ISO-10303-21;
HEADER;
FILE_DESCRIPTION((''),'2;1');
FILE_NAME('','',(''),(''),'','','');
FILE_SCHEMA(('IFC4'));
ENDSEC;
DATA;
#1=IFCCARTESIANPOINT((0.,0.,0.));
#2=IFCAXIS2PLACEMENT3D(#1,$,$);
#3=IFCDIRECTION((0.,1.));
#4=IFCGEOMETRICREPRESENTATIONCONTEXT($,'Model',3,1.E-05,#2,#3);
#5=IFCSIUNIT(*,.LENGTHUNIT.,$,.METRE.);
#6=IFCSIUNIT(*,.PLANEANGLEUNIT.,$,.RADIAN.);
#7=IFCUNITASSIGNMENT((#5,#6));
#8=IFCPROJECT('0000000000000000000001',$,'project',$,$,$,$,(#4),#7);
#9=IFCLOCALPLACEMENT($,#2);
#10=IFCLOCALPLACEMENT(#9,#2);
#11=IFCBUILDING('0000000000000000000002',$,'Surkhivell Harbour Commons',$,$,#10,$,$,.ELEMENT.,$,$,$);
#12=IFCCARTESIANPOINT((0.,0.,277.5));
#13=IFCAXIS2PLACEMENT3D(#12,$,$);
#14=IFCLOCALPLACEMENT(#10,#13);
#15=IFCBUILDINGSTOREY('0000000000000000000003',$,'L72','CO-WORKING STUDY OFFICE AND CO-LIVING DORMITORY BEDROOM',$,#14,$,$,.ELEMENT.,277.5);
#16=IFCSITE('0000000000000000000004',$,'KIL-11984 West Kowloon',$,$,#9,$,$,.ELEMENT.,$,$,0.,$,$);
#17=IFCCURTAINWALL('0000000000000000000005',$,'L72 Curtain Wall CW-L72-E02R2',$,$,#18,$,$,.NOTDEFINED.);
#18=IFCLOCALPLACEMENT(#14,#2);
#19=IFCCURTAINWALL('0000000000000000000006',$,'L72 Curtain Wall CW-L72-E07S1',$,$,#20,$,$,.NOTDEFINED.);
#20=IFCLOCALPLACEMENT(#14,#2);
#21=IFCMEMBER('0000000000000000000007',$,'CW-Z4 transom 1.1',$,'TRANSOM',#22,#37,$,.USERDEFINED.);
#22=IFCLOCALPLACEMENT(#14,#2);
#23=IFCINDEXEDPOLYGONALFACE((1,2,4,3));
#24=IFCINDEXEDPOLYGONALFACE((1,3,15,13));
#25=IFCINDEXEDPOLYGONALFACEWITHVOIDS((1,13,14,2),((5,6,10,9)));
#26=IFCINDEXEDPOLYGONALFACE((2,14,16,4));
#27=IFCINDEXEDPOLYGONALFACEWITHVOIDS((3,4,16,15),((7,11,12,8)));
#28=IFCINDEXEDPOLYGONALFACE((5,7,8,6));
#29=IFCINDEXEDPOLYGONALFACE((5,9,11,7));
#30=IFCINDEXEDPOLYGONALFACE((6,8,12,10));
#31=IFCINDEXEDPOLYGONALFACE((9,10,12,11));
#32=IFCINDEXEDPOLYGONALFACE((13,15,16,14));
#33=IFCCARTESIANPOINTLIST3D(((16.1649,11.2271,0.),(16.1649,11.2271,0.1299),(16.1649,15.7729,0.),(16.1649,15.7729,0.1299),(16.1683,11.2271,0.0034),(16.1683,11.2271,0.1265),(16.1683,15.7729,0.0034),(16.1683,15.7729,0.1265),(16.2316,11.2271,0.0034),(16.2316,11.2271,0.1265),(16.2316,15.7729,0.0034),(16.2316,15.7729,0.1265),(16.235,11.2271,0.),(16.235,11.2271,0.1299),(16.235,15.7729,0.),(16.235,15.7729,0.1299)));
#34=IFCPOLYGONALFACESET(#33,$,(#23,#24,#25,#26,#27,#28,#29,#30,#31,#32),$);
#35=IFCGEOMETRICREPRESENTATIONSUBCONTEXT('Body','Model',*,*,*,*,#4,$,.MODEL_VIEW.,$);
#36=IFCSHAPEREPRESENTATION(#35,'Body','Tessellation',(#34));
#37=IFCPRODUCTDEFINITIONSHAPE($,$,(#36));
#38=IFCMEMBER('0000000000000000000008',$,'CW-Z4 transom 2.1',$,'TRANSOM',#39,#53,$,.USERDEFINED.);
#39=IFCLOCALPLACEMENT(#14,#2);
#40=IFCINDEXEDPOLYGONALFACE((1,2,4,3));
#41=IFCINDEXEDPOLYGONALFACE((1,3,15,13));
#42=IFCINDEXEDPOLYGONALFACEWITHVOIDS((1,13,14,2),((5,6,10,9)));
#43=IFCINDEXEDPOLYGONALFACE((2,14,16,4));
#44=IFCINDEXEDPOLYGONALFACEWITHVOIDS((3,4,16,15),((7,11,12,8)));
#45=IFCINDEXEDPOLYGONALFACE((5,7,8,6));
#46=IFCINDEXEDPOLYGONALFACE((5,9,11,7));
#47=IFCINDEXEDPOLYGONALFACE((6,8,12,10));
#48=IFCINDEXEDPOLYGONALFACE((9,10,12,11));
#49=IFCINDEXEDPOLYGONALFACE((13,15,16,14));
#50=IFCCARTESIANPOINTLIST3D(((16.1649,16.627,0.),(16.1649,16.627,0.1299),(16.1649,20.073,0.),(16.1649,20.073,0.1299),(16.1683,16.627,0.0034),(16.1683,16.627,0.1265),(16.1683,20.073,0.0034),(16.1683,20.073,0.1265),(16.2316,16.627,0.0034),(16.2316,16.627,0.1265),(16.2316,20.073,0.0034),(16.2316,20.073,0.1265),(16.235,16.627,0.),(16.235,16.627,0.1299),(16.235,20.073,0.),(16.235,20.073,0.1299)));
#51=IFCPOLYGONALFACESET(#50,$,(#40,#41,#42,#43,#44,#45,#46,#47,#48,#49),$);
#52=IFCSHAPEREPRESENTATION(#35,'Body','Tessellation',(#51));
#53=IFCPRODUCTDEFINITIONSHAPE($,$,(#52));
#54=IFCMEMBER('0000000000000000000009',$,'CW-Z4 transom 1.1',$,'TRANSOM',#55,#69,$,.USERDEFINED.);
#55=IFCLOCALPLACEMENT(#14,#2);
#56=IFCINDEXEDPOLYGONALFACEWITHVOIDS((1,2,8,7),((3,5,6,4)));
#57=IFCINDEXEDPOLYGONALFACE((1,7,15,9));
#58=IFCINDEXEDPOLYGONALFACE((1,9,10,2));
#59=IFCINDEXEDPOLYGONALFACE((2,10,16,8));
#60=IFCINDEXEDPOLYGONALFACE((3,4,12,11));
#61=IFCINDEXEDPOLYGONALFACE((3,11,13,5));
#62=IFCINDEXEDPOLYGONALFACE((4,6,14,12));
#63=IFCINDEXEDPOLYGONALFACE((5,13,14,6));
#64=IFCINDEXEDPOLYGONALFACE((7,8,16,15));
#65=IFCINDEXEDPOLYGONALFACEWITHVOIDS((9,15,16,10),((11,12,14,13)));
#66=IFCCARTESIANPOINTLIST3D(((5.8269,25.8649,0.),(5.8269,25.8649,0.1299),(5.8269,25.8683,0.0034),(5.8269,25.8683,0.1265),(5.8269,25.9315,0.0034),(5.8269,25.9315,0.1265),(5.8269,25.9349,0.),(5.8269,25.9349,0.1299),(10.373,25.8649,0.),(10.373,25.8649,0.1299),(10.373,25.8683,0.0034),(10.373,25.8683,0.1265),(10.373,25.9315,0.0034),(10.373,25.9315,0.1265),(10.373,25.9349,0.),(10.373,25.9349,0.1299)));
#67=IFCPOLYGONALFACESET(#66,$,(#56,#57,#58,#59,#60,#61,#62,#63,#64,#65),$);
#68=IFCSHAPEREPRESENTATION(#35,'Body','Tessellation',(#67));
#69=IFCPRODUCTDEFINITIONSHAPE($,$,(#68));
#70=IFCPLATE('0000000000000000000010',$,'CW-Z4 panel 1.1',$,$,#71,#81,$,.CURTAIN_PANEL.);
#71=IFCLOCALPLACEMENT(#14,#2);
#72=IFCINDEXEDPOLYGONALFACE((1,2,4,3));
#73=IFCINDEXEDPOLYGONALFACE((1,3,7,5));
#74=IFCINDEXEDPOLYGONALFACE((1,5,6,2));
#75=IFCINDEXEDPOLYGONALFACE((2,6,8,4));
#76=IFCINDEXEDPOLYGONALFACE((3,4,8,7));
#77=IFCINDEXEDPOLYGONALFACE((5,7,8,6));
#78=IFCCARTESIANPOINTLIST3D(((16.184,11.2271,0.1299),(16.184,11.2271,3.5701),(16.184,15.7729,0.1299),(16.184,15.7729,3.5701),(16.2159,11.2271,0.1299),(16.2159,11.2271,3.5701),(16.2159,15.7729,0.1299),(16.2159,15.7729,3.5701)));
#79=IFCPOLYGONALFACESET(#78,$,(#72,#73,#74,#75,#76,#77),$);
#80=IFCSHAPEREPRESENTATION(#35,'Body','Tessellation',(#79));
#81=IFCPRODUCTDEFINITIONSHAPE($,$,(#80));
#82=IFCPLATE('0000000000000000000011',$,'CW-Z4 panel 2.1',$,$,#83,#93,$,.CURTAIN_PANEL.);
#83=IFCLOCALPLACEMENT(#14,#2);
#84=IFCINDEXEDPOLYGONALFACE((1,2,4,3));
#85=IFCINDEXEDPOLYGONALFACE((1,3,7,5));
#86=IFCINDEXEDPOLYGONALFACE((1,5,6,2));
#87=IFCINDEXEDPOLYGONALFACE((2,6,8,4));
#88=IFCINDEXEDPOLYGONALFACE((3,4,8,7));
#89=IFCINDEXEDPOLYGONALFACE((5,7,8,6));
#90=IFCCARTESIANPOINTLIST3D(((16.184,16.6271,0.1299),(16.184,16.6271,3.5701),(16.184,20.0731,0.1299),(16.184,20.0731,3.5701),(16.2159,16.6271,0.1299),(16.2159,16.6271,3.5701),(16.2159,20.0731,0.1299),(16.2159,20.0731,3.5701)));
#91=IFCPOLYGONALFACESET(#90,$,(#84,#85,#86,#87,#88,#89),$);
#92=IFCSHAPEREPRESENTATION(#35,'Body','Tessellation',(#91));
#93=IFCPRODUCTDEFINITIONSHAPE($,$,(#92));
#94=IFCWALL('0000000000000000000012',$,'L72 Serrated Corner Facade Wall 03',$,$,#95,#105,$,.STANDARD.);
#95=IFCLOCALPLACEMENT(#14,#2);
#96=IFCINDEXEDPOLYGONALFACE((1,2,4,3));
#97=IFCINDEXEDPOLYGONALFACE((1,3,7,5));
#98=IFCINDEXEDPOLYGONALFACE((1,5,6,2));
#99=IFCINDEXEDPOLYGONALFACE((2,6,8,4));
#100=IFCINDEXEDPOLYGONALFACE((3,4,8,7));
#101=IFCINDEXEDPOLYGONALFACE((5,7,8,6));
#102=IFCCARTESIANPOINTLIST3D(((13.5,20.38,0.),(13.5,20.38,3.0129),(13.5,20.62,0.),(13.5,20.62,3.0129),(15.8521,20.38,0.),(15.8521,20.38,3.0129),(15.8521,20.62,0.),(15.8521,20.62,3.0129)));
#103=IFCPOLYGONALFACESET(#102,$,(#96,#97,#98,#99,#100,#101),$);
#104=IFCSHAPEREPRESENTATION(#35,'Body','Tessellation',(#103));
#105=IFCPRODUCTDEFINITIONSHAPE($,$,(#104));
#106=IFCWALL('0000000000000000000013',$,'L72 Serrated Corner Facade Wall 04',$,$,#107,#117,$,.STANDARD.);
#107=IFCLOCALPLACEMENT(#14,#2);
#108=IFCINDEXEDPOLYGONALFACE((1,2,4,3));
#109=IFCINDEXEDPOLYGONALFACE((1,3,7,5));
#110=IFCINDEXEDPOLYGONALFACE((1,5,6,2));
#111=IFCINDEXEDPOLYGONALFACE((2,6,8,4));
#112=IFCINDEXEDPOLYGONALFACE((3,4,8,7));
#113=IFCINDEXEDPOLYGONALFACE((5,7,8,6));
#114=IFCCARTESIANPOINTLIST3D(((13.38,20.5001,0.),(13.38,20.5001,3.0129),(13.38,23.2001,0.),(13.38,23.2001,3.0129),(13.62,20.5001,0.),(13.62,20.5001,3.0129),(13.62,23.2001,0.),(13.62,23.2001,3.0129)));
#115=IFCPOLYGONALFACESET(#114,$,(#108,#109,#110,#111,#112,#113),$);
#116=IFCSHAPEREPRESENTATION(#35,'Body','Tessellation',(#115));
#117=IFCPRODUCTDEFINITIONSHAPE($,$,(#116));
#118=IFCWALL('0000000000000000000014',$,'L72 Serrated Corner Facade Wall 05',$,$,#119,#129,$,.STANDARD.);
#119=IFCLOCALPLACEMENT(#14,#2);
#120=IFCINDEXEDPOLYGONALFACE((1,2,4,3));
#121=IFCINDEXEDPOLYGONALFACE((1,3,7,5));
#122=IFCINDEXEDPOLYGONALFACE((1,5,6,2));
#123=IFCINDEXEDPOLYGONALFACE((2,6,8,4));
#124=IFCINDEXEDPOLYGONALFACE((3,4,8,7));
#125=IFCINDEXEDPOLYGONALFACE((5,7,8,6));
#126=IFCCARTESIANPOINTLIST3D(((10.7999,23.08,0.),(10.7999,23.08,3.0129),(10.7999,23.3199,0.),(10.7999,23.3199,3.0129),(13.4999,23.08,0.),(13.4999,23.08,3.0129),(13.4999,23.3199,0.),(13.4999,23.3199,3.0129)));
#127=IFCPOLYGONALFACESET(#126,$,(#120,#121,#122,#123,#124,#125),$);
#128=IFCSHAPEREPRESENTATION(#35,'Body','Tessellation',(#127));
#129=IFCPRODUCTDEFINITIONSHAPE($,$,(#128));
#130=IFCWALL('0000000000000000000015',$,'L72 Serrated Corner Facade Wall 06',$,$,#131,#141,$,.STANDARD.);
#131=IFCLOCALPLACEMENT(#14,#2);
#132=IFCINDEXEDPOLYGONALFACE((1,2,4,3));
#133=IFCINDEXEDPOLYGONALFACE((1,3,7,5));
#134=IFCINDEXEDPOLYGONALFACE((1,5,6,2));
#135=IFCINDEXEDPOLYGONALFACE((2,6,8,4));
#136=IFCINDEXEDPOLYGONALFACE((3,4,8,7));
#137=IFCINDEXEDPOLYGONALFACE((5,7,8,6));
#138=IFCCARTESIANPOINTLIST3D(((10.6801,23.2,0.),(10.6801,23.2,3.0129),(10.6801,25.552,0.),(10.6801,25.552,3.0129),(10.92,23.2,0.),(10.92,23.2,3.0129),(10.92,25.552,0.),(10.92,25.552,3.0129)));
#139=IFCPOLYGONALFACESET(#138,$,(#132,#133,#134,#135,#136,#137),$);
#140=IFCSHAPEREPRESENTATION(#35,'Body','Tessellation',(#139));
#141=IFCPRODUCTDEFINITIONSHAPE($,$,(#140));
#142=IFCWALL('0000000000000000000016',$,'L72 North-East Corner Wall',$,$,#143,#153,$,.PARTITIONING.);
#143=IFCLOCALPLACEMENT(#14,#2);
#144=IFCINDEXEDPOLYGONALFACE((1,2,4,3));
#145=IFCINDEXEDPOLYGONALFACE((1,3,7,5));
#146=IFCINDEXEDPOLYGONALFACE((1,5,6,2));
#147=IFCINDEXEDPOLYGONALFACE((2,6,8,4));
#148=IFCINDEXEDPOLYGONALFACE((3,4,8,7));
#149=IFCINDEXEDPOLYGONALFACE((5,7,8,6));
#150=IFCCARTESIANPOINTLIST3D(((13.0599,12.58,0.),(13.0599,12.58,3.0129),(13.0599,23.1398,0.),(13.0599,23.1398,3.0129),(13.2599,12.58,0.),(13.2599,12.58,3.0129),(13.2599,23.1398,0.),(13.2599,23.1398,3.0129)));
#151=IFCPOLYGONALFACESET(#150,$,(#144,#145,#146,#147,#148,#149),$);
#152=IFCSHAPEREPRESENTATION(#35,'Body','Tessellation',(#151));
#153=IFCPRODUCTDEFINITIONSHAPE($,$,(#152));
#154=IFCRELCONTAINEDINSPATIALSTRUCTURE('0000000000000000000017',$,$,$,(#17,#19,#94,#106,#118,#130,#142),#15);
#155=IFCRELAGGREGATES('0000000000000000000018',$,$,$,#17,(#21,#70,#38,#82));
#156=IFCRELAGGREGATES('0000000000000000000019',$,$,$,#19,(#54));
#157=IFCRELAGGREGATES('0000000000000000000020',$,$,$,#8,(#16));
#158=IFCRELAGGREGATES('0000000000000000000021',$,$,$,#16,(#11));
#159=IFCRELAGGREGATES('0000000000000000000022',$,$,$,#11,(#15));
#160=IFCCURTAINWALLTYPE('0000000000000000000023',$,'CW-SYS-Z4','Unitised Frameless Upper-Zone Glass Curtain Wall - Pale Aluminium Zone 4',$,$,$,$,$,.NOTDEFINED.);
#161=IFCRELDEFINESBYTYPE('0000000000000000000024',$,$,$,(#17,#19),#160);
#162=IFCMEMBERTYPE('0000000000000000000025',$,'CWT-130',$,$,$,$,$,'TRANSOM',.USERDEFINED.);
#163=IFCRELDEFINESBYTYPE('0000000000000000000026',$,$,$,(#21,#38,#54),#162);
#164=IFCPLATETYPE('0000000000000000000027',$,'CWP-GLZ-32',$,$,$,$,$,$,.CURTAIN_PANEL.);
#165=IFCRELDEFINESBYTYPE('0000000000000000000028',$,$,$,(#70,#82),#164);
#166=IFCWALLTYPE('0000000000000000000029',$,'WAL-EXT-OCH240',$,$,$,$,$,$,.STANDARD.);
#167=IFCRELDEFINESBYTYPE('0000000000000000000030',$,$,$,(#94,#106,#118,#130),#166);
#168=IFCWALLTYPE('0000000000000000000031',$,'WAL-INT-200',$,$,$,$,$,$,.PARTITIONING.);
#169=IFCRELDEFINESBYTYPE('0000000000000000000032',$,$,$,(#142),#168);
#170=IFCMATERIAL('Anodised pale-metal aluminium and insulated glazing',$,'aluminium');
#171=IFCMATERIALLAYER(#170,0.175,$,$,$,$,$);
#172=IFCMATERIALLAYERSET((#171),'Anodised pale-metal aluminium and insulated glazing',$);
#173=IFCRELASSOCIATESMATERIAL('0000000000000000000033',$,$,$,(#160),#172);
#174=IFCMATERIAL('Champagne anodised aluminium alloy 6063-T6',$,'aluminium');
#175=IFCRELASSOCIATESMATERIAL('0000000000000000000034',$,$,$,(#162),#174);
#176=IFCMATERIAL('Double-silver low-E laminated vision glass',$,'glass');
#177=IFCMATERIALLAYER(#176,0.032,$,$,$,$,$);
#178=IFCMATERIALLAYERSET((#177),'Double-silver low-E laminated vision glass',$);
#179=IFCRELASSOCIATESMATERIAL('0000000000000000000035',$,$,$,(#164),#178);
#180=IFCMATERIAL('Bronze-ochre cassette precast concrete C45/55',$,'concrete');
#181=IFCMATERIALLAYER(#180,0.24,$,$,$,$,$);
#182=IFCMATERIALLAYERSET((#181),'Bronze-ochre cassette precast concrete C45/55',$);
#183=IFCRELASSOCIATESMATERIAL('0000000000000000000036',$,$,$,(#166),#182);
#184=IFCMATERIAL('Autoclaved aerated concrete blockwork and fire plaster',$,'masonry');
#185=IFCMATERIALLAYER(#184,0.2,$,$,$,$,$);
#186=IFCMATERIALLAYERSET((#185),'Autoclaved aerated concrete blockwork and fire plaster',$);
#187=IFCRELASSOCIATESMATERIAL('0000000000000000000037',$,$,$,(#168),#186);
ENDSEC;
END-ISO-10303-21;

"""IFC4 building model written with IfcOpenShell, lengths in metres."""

from ifc_helpers import new_model, si_unit, direction, frame, frame_2d, origin, origin_2d, place, context, subcontext, project, spatial, rectangle, hollow_rectangle, extrude, material, layer, layer_set, material_profile, profile_set, type_object, element, aggregate, save


model = new_model("IFC4")

# Units and contexts
model_context = context("Model", 3, precision=1e-05, world=origin(), true_north=direction((0.0, 1.0)))
body_context = subcontext(model_context, "Body", "Model", "MODEL_VIEW")
ifc_project = project(units=[si_unit("LENGTHUNIT", "METRE"), si_unit("PLANEANGLEUNIT", "RADIAN")], contexts=[model_context])

# Site, building, storey
site_placement = place(None, origin())
site = spatial("IfcSite", under=ifc_project, at=site_placement, Name="KIL-11984 West Kowloon", CompositionType="ELEMENT", RefElevation=0.0)
building_placement = place(site_placement, origin())
building = spatial("IfcBuilding", under=site, at=building_placement, Name="Surkhivell Harbour Commons", CompositionType="ELEMENT")
storey_placement = place(building_placement, frame((0.0, 0.0, 277.5)))
storey = spatial("IfcBuildingStorey", under=building, at=storey_placement, Name="L72", Description="CO-WORKING STUDY OFFICE AND CO-LIVING DORMITORY BEDROOM", CompositionType="ELEMENT", Elevation=277.5)

# Curtain wall
ifc_material_1 = material(Name="Anodised pale-metal aluminium and insulated glazing", Category="aluminium")
ifc_layer_1 = layer(ifc_material_1, 0.175)
ifc_layer_set_1 = layer_set([ifc_layer_1], Name="Anodised pale-metal aluminium and insulated glazing")
curtain_wall_type = type_object("IfcCurtainWallType", Name="CW-SYS-Z4", Description="Unitised Frameless Upper-Zone Glass Curtain Wall - Pale Aluminium Zone 4", PredefinedType="NOTDEFINED", material=ifc_layer_set_1)
curtain_wall_1_placement = place(storey_placement, origin())
curtain_wall_1 = element("IfcCurtainWall", 1, at=curtain_wall_1_placement, inside=storey, type_object=curtain_wall_type, Name="L72 Curtain Wall CW-L72-E02R2", PredefinedType="NOTDEFINED")

# Curtain wall
curtain_wall_2_placement = place(storey_placement, origin())
curtain_wall_2 = element("IfcCurtainWall", 2, at=curtain_wall_2_placement, inside=storey, type_object=curtain_wall_type, Name="L72 Curtain Wall CW-L72-E07S1", PredefinedType="NOTDEFINED")

# Members
ifc_material_2 = material(Name="Champagne anodised aluminium alloy 6063-T6", Category="aluminium")
ifc_material_profile_1 = material_profile(ifc_material_2, hollow_rectangle(XDim=0.0701, YDim=0.1299, WallThickness=0.0034, at=origin_2d()), Name="ALU-TRAN-70x130")
ifc_profile_set_1 = profile_set([ifc_material_profile_1], Name="Champagne anodised aluminium alloy 6063-T6")
member_type_1 = type_object("IfcMemberType", Name="CWT-130", ElementType="TRANSOM", PredefinedType="USERDEFINED", material=ifc_profile_set_1)
member_1_placement = place(storey_placement, frame((16.2, 11.2271, 0.0649), z_axis=(0.0, 1.0, 0.0), x_axis=(-1.0, 0.0, 0.0)))
member_1 = element("IfcMember", 3, at=member_1_placement, type_object=member_type_1, Name="CW-Z4 transom 1.1", ObjectType="TRANSOM", PredefinedType="USERDEFINED", context=body_context, shape_type="SweptSolid", body=[
    extrude(hollow_rectangle(XDim=0.0701, YDim=0.1299, WallThickness=0.0034, at=origin_2d()), origin(), (0.0, 0.0, 1.0), 4.5459),
])
member_2_placement = place(storey_placement, frame((16.2, 16.627, 0.0649), z_axis=(0.0, 1.0, 0.0), x_axis=(-1.0, 0.0, 0.0)))
member_2 = element("IfcMember", 4, at=member_2_placement, type_object=member_type_1, Name="CW-Z4 transom 2.1", ObjectType="TRANSOM", PredefinedType="USERDEFINED", context=body_context, shape_type="SweptSolid", body=[
    extrude(hollow_rectangle(XDim=0.0701, YDim=0.1299, WallThickness=0.0034, at=origin_2d()), origin(), (0.0, 0.0, 1.0), 3.446),
])
member_3_placement = place(storey_placement, frame((10.373, 25.8999, 0.0649), z_axis=(-1.0, 0.0, 0.0), x_axis=(0.0, -1.0, 0.0)))
member_3 = element("IfcMember", 5, at=member_3_placement, type_object=member_type_1, Name="CW-Z4 transom 1.1", ObjectType="TRANSOM", PredefinedType="USERDEFINED", context=body_context, shape_type="SweptSolid", body=[
    extrude(hollow_rectangle(XDim=0.0701, YDim=0.1299, WallThickness=0.0034, at=origin_2d()), origin(), (0.0, 0.0, 1.0), 4.5461),
])

# Plates
ifc_material_3 = material(Name="Double-silver low-E laminated vision glass", Category="glass")
ifc_layer_2 = layer(ifc_material_3, 0.032)
ifc_layer_set_2 = layer_set([ifc_layer_2], Name="Double-silver low-E laminated vision glass")
plate_type = type_object("IfcPlateType", Name="CWP-GLZ-32", PredefinedType="CURTAIN_PANEL", material=ifc_layer_set_2)
plate_1_placement = place(storey_placement, frame((16.2, 11.2271, 0.1299), z_axis=(0.0, 0.0, 1.0), x_axis=(0.0, 1.0, 0.0)))
plate_1 = element("IfcPlate", 6, at=plate_1_placement, type_object=plate_type, Name="CW-Z4 panel 1.1", PredefinedType="CURTAIN_PANEL", context=body_context, shape_type="SweptSolid", body=[
    extrude(rectangle(XDim=4.5459, YDim=0.032, at=frame_2d((2.2729, 0.0))), origin(), (0.0, 0.0, 1.0), 3.4402),
])
plate_2_placement = place(storey_placement, frame((16.2, 16.627, 0.1299), z_axis=(0.0, 0.0, 1.0), x_axis=(0.0, 1.0, 0.0)))
plate_2 = element("IfcPlate", 7, at=plate_2_placement, type_object=plate_type, Name="CW-Z4 panel 2.1", PredefinedType="CURTAIN_PANEL", context=body_context, shape_type="SweptSolid", body=[
    extrude(rectangle(XDim=3.446, YDim=0.032, at=frame_2d((1.7231, 0.0))), origin(), (0.0, 0.0, 1.0), 3.4402),
])
aggregate(curtain_wall_1, [member_1, plate_1, member_2, plate_2])
aggregate(curtain_wall_2, [member_3])

# Walls
ifc_material_4 = material(Name="Bronze-ochre cassette precast concrete C45/55", Category="concrete")
ifc_layer_3 = layer(ifc_material_4, 0.24)
ifc_layer_set_3 = layer_set([ifc_layer_3], Name="Bronze-ochre cassette precast concrete C45/55")
wall_type_1 = type_object("IfcWallType", Name="WAL-EXT-OCH240", PredefinedType="STANDARD", material=ifc_layer_set_3)
wall_1_placement = place(storey_placement, frame((15.8521, 20.5, 0.0), z_axis=(0.0, 0.0, 1.0), x_axis=(-1.0, 0.0, 0.0)))
element("IfcWall", 8, at=wall_1_placement, inside=storey, type_object=wall_type_1, Name="L72 Serrated Corner Facade Wall 03", PredefinedType="STANDARD", context=body_context, shape_type="SweptSolid", body=[
    extrude(rectangle(XDim=2.3521, YDim=0.24, at=frame_2d((1.176, 0.0))), origin(), (0.0, 0.0, 1.0), 3.0129),
])
for number, where, z_axis, x_axis, name in (
    (9, (13.5, 20.5, 0.0), (0.0, 0.0, 1.0), (0.0, 1.0, 0.0), "L72 Serrated Corner Facade Wall 04"),
    (10, (13.5, 23.2, 0.0), (0.0, 0.0, 1.0), (-1.0, 0.0, 0.0), "L72 Serrated Corner Facade Wall 05"),
):
    element("IfcWall", number, at=place(storey_placement, frame(where, z_axis=z_axis, x_axis=x_axis)), inside=storey, type_object=wall_type_1, Name=name, PredefinedType="STANDARD", context=body_context, shape_type="SweptSolid", body=[
        extrude(rectangle(XDim=2.7, YDim=0.24, at=frame_2d((1.3501, 0.0))), origin(), (0.0, 0.0, 1.0), 3.0129),
    ])
wall_2_placement = place(storey_placement, frame((10.8, 23.2, 0.0), z_axis=(0.0, 0.0, 1.0), x_axis=(0.0, 1.0, 0.0)))
element("IfcWall", 11, at=wall_2_placement, inside=storey, type_object=wall_type_1, Name="L72 Serrated Corner Facade Wall 06", PredefinedType="STANDARD", context=body_context, shape_type="SweptSolid", body=[
    extrude(rectangle(XDim=2.3521, YDim=0.24, at=frame_2d((1.176, 0.0))), origin(), (0.0, 0.0, 1.0), 3.0129),
])
ifc_material_5 = material(Name="Autoclaved aerated concrete blockwork and fire plaster", Category="masonry")
ifc_layer_4 = layer(ifc_material_5, 0.2)
ifc_layer_set_4 = layer_set([ifc_layer_4], Name="Autoclaved aerated concrete blockwork and fire plaster")
wall_type_2 = type_object("IfcWallType", Name="WAL-INT-200", PredefinedType="PARTITIONING", material=ifc_layer_set_4)
wall_3_placement = place(storey_placement, frame((13.1599, 12.5801, 0.0), z_axis=(0.0, 0.0, 1.0), x_axis=(0.0, 1.0, 0.0)))
element("IfcWall", 12, at=wall_3_placement, inside=storey, type_object=wall_type_2, Name="L72 North-East Corner Wall", PredefinedType="PARTITIONING", context=body_context, shape_type="SweptSolid", body=[
    extrude(rectangle(XDim=10.5598, YDim=0.2, at=frame_2d((5.2798, 0.0))), origin(), (0.0, 0.0, 1.0), 3.0129),
])

save(model, "model.ifc")
